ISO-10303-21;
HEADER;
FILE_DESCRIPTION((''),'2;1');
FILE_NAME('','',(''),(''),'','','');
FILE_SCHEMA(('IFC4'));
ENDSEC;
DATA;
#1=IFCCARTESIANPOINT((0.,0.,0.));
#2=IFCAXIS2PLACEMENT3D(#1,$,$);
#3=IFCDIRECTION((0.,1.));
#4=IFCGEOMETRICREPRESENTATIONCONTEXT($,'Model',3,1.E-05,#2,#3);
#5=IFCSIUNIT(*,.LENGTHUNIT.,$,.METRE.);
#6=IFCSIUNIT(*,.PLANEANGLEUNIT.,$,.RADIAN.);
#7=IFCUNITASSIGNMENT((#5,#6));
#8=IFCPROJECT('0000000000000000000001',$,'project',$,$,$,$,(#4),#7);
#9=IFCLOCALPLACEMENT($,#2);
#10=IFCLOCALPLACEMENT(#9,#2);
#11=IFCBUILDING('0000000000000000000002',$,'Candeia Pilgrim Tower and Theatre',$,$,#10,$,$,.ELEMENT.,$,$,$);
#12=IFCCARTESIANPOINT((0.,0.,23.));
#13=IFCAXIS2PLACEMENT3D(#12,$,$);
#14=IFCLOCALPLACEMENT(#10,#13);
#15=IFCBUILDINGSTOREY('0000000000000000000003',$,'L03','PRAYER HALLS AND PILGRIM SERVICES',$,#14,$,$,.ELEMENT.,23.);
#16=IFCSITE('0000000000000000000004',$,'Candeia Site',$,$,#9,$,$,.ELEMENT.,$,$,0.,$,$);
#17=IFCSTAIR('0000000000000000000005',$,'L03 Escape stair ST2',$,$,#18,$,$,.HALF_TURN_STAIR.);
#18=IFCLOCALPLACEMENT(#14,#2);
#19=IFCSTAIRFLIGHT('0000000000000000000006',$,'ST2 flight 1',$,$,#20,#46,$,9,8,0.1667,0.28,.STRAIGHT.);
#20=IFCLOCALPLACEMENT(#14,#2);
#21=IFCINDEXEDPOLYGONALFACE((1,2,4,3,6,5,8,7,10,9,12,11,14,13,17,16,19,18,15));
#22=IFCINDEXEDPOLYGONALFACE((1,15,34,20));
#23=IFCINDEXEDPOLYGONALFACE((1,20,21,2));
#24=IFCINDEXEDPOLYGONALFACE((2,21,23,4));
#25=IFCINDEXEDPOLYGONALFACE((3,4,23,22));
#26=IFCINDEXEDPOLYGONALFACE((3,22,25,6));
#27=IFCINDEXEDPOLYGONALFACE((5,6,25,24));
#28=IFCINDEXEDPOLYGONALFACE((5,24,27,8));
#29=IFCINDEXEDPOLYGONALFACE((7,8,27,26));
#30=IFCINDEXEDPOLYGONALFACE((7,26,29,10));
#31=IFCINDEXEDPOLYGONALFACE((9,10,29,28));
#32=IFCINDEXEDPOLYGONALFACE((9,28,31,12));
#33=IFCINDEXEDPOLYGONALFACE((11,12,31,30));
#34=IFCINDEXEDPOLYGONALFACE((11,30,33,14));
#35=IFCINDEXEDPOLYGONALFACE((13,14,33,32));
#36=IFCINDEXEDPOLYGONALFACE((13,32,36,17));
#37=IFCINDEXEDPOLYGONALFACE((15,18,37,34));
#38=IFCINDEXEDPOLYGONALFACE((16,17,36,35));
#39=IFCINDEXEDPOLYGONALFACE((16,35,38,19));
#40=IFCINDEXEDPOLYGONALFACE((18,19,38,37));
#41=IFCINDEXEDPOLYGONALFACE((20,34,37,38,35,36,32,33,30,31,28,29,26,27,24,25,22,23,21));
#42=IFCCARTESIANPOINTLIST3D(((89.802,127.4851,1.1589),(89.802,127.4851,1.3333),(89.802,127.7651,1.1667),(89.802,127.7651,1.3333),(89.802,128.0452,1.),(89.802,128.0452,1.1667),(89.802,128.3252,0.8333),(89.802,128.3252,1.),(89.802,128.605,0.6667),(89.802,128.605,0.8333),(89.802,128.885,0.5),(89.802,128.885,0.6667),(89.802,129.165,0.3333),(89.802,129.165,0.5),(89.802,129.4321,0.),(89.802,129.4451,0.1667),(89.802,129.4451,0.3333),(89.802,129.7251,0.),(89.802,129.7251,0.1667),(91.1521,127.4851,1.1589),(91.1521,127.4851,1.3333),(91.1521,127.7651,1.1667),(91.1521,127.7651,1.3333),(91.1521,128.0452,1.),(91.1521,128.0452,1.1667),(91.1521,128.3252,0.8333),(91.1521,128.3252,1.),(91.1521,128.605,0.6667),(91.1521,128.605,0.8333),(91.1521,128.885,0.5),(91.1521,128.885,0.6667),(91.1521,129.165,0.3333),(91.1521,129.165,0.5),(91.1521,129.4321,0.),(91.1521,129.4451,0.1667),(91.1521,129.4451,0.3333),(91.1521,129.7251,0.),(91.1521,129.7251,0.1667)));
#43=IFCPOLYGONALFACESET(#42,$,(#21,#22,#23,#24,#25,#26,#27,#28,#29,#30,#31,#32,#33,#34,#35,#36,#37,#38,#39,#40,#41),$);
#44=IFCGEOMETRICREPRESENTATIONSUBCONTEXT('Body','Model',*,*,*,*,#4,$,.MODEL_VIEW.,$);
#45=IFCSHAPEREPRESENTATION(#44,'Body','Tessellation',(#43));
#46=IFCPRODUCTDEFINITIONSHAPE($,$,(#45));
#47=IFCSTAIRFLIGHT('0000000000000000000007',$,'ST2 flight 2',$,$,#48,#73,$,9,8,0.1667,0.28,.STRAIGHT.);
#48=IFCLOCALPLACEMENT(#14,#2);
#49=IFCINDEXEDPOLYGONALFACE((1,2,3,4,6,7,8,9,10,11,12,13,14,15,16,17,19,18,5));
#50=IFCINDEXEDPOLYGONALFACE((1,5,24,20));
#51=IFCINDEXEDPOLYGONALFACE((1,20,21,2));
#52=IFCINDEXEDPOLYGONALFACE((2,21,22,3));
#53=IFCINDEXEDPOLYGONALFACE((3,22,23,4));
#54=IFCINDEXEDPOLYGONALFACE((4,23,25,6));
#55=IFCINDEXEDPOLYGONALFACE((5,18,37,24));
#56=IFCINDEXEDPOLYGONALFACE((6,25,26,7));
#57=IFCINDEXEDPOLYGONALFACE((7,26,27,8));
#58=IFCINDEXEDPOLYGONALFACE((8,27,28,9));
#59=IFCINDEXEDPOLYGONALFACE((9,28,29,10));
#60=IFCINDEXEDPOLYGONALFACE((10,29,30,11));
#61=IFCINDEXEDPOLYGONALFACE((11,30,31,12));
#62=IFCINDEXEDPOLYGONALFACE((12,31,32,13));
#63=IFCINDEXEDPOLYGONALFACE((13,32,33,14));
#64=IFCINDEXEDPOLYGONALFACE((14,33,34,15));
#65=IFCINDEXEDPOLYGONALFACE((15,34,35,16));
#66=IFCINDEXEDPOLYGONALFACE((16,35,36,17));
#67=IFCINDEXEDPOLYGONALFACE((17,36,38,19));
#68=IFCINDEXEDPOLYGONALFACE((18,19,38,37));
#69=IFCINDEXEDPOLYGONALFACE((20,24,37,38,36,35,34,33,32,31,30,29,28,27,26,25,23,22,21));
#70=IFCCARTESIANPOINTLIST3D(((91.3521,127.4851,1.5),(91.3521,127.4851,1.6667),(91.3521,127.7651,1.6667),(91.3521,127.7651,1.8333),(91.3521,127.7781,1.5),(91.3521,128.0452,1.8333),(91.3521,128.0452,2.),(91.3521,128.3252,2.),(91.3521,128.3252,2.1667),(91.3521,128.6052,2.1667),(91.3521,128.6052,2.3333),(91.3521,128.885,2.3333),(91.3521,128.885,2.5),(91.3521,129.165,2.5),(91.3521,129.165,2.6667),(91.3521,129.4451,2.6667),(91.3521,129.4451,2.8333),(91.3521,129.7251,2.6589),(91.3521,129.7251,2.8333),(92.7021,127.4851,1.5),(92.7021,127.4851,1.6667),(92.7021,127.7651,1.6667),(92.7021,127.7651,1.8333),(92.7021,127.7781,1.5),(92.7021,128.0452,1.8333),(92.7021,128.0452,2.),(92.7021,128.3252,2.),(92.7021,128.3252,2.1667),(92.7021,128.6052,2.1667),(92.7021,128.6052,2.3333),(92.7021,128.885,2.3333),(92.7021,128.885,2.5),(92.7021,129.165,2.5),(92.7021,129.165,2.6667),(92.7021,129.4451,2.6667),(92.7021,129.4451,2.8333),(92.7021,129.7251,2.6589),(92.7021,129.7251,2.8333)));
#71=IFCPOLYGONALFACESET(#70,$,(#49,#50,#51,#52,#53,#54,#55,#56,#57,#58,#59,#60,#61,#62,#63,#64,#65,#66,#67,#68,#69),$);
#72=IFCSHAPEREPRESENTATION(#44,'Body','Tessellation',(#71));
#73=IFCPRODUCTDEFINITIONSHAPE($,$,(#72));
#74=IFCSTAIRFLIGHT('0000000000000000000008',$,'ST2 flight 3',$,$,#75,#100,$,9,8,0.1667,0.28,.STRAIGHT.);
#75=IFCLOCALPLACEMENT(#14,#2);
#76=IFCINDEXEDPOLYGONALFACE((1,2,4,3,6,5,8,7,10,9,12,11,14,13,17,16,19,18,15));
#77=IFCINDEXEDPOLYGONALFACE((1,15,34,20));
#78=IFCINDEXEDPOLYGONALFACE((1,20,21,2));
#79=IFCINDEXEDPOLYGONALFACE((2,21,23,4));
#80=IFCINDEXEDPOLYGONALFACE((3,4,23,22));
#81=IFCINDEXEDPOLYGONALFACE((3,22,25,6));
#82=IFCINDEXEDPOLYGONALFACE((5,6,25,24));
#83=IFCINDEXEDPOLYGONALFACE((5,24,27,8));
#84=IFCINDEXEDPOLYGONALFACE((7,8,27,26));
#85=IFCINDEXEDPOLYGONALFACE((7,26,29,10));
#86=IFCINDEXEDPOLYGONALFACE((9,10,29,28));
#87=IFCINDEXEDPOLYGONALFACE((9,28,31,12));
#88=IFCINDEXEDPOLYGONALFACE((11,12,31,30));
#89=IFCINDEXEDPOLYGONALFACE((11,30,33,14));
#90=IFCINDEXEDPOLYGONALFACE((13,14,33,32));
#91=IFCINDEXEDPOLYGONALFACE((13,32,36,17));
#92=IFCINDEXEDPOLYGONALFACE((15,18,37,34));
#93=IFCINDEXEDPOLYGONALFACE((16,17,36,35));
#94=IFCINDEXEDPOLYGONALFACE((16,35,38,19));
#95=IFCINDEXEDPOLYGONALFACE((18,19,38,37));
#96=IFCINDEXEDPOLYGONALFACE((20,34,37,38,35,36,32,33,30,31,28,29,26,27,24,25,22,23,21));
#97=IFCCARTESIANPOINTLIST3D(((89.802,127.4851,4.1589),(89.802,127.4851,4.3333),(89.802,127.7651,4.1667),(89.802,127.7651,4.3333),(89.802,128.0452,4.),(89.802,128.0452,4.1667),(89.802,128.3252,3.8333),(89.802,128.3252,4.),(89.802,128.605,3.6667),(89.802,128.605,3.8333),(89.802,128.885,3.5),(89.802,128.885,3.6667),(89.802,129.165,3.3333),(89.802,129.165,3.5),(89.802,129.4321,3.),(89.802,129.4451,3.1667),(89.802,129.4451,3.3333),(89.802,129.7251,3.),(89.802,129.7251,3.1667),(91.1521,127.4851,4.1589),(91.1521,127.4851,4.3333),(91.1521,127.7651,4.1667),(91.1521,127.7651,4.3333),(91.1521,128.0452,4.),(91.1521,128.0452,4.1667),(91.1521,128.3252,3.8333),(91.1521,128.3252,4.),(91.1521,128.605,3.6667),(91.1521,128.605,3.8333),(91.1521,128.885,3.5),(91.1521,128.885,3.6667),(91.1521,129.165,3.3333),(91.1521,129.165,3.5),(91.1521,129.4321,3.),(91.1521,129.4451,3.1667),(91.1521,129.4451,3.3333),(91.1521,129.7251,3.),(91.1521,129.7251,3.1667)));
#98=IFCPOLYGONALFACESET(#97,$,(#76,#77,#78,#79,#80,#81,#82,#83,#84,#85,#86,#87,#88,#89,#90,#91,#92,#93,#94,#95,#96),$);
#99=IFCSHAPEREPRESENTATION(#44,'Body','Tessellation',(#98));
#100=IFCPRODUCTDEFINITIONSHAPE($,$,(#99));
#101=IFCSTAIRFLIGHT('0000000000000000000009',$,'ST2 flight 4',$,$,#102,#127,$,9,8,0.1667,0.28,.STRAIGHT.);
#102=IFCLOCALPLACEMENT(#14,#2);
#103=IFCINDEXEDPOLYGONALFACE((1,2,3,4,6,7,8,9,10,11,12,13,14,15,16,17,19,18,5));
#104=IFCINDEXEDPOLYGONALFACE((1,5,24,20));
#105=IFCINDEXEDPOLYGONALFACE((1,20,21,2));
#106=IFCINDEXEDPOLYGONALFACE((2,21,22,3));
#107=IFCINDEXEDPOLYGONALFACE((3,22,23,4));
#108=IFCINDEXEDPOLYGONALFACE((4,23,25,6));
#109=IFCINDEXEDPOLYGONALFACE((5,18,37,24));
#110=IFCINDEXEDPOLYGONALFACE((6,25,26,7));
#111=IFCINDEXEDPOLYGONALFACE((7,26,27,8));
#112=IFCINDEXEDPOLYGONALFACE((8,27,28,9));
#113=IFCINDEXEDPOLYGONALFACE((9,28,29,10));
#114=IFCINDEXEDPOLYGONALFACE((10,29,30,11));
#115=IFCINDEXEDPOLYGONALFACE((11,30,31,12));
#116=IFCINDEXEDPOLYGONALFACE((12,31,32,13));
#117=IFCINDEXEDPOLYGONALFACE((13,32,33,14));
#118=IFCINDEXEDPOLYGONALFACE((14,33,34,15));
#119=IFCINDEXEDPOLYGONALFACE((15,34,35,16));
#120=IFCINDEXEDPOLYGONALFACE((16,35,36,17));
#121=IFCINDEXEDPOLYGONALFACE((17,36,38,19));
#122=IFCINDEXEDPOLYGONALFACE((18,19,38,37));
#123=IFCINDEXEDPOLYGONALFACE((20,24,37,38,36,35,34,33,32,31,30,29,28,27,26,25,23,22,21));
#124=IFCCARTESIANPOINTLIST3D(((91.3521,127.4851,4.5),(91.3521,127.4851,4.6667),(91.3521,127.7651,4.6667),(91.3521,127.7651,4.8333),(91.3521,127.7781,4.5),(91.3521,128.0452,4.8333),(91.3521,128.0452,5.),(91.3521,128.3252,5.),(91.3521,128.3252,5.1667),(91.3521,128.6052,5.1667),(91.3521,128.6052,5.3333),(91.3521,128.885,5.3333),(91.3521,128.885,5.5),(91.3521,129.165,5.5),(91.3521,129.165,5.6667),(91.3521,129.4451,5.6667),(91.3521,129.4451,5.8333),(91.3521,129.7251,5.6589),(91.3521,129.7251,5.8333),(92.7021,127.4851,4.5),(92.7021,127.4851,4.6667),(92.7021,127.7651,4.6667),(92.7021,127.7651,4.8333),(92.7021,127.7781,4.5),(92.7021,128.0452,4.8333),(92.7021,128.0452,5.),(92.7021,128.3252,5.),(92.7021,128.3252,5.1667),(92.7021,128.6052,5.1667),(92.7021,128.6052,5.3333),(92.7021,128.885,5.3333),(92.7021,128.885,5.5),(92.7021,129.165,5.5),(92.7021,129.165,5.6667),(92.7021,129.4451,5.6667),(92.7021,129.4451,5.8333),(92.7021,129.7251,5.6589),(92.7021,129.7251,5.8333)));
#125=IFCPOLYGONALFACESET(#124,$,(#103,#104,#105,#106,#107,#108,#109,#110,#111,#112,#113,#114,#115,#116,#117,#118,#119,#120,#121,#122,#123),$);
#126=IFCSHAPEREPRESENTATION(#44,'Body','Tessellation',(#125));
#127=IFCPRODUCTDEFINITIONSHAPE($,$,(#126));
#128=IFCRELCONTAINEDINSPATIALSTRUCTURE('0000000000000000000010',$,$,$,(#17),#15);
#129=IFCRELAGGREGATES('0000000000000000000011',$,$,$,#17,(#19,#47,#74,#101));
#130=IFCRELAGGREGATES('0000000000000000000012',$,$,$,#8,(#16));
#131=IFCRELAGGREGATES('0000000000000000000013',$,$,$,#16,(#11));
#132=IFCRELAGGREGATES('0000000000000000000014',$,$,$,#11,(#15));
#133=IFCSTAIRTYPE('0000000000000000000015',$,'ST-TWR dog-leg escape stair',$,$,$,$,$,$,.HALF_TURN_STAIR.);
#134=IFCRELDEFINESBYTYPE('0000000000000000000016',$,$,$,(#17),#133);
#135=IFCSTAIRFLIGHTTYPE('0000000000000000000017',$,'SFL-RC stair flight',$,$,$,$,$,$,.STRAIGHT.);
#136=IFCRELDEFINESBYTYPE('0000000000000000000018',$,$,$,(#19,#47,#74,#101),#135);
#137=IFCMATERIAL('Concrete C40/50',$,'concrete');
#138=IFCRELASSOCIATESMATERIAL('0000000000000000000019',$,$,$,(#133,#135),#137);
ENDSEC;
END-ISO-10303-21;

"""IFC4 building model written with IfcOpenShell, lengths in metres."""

from ifc_helpers import new_model, si_unit, direction, frame, origin, place, context, subcontext, project, spatial, polyline, outline, extrude, material, type_object, element, aggregate, save


model = new_model("IFC4")

# Units and contexts
model_context = context("Model", 3, precision=1e-05, world=origin(), true_north=direction((0.0, 1.0)))
body_context = subcontext(model_context, "Body", "Model", "MODEL_VIEW")
ifc_project = project(units=[si_unit("LENGTHUNIT", "METRE"), si_unit("PLANEANGLEUNIT", "RADIAN")], contexts=[model_context])

# Site, building, storey
site_placement = place(None, origin())
site = spatial("IfcSite", under=ifc_project, at=site_placement, Name="Candeia Site", CompositionType="ELEMENT", RefElevation=0.0)
building_placement = place(site_placement, origin())
building = spatial("IfcBuilding", under=site, at=building_placement, Name="Candeia Pilgrim Tower and Theatre", CompositionType="ELEMENT")
storey_placement = place(building_placement, frame((0.0, 0.0, 23.0)))
storey = spatial("IfcBuildingStorey", under=building, at=storey_placement, Name="L03", Description="PRAYER HALLS AND PILGRIM SERVICES", CompositionType="ELEMENT", Elevation=23.0)

# Shared definitions
ifc_material_1 = material(Name="Concrete C40/50", Category="concrete")

# Stair, stair flights
stair_type = type_object("IfcStairType", Name="ST-TWR dog-leg escape stair", PredefinedType="HALF_TURN_STAIR", material=ifc_material_1)
stair_flight_type = type_object("IfcStairFlightType", Name="SFL-RC stair flight", PredefinedType="STRAIGHT", material=ifc_material_1)
stair_1_placement = place(storey_placement, origin())
stair_1 = element("IfcStair", 1, at=stair_1_placement, inside=storey, type_object=stair_type, Name="L03 Escape stair ST2", PredefinedType="HALF_TURN_STAIR")
stair_flight_1_placement = place(storey_placement, frame((90.4771, 129.7251, 0.0), z_axis=(0.0, 0.0, 1.0), x_axis=(0.0, -1.0, 0.0)))
stair_flight_1 = element("IfcStairFlight", 2, at=stair_flight_1_placement, type_object=stair_flight_type, Name="ST2 flight 1", NumberOfRisers=9, NumberOfTreads=8, PredefinedType="STRAIGHT", RiserHeight=0.1667, TreadLength=0.28, context=body_context, shape_type="SweptSolid", body=[
    extrude(outline(polyline([(0.0, 0.0), (0.0, 0.1667), (0.28, 0.1667), (0.28, 0.3333), (0.5601, 0.3333), (0.5601, 0.5), (0.8401, 0.5), (0.8401, 0.6667), (1.1201, 0.6667), (1.1201, 0.8333), (1.3999, 0.8333), (1.3999, 1.0), (1.6799, 1.0), (1.6799, 1.1667), (1.96, 1.1667), (1.96, 1.3333), (2.24, 1.3333), (2.24, 1.5), (2.24, 1.1589), (0.293, 0.0), (0.0, 0.0)])), frame((0.0, 0.675, 0.0), z_axis=(0.0, -1.0, 0.0), x_axis=(1.0, 0.0, 0.0)), (0.0, 0.0, 1.0), 1.3501),
])
stair_flight_2_placement = place(storey_placement, frame((92.0271, 127.4851, 1.5), z_axis=(0.0, 0.0, 1.0), x_axis=(0.0, 1.0, 0.0)))
stair_flight_2 = element("IfcStairFlight", 3, at=stair_flight_2_placement, type_object=stair_flight_type, Name="ST2 flight 2", NumberOfRisers=9, NumberOfTreads=8, PredefinedType="STRAIGHT", RiserHeight=0.1667, TreadLength=0.28, context=body_context, shape_type="SweptSolid", body=[
    extrude(outline(polyline([(0.0, 0.0), (0.0, 0.1667), (0.28, 0.1667), (0.28, 0.3333), (0.5601, 0.3333), (0.5601, 0.5), (0.8401, 0.5), (0.8401, 0.6667), (1.1201, 0.6667), (1.1201, 0.8333), (1.3999, 0.8333), (1.3999, 1.0), (1.6799, 1.0), (1.6799, 1.1667), (1.96, 1.1667), (1.96, 1.3333), (2.24, 1.3333), (2.24, 1.5), (2.24, 1.1589), (0.293, 0.0), (0.0, 0.0)])), frame((0.0, 0.675, 0.0), z_axis=(0.0, -1.0, 0.0), x_axis=(1.0, 0.0, 0.0)), (0.0, 0.0, 1.0), 1.3501),
])
stair_flight_3_placement = place(storey_placement, frame((90.4771, 129.7251, 3.0), z_axis=(0.0, 0.0, 1.0), x_axis=(0.0, -1.0, 0.0)))
stair_flight_3 = element("IfcStairFlight", 4, at=stair_flight_3_placement, type_object=stair_flight_type, Name="ST2 flight 3", NumberOfRisers=9, NumberOfTreads=8, PredefinedType="STRAIGHT", RiserHeight=0.1667, TreadLength=0.28, context=body_context, shape_type="SweptSolid", body=[
    extrude(outline(polyline([(0.0, 0.0), (0.0, 0.1667), (0.28, 0.1667), (0.28, 0.3333), (0.5601, 0.3333), (0.5601, 0.5), (0.8401, 0.5), (0.8401, 0.6667), (1.1201, 0.6667), (1.1201, 0.8333), (1.3999, 0.8333), (1.3999, 1.0), (1.6799, 1.0), (1.6799, 1.1667), (1.96, 1.1667), (1.96, 1.3333), (2.24, 1.3333), (2.24, 1.5), (2.24, 1.1589), (0.293, 0.0), (0.0, 0.0)])), frame((0.0, 0.675, 0.0), z_axis=(0.0, -1.0, 0.0), x_axis=(1.0, 0.0, 0.0)), (0.0, 0.0, 1.0), 1.3501),
])
stair_flight_4_placement = place(storey_placement, frame((92.0271, 127.4851, 4.5), z_axis=(0.0, 0.0, 1.0), x_axis=(0.0, 1.0, 0.0)))
stair_flight_4 = element("IfcStairFlight", 5, at=stair_flight_4_placement, type_object=stair_flight_type, Name="ST2 flight 4", NumberOfRisers=9, NumberOfTreads=8, PredefinedType="STRAIGHT", RiserHeight=0.1667, TreadLength=0.28, context=body_context, shape_type="SweptSolid", body=[
    extrude(outline(polyline([(0.0, 0.0), (0.0, 0.1667), (0.28, 0.1667), (0.28, 0.3333), (0.5601, 0.3333), (0.5601, 0.5), (0.8401, 0.5), (0.8401, 0.6667), (1.1201, 0.6667), (1.1201, 0.8333), (1.3999, 0.8333), (1.3999, 1.0), (1.6799, 1.0), (1.6799, 1.1667), (1.96, 1.1667), (1.96, 1.3333), (2.24, 1.3333), (2.24, 1.5), (2.24, 1.1589), (0.293, 0.0), (0.0, 0.0)])), frame((0.0, 0.675, 0.0), z_axis=(0.0, -1.0, 0.0), x_axis=(1.0, 0.0, 0.0)), (0.0, 0.0, 1.0), 1.3501),
])
aggregate(stair_1, [stair_flight_1, stair_flight_2, stair_flight_3, stair_flight_4])

save(model, "model.ifc")
